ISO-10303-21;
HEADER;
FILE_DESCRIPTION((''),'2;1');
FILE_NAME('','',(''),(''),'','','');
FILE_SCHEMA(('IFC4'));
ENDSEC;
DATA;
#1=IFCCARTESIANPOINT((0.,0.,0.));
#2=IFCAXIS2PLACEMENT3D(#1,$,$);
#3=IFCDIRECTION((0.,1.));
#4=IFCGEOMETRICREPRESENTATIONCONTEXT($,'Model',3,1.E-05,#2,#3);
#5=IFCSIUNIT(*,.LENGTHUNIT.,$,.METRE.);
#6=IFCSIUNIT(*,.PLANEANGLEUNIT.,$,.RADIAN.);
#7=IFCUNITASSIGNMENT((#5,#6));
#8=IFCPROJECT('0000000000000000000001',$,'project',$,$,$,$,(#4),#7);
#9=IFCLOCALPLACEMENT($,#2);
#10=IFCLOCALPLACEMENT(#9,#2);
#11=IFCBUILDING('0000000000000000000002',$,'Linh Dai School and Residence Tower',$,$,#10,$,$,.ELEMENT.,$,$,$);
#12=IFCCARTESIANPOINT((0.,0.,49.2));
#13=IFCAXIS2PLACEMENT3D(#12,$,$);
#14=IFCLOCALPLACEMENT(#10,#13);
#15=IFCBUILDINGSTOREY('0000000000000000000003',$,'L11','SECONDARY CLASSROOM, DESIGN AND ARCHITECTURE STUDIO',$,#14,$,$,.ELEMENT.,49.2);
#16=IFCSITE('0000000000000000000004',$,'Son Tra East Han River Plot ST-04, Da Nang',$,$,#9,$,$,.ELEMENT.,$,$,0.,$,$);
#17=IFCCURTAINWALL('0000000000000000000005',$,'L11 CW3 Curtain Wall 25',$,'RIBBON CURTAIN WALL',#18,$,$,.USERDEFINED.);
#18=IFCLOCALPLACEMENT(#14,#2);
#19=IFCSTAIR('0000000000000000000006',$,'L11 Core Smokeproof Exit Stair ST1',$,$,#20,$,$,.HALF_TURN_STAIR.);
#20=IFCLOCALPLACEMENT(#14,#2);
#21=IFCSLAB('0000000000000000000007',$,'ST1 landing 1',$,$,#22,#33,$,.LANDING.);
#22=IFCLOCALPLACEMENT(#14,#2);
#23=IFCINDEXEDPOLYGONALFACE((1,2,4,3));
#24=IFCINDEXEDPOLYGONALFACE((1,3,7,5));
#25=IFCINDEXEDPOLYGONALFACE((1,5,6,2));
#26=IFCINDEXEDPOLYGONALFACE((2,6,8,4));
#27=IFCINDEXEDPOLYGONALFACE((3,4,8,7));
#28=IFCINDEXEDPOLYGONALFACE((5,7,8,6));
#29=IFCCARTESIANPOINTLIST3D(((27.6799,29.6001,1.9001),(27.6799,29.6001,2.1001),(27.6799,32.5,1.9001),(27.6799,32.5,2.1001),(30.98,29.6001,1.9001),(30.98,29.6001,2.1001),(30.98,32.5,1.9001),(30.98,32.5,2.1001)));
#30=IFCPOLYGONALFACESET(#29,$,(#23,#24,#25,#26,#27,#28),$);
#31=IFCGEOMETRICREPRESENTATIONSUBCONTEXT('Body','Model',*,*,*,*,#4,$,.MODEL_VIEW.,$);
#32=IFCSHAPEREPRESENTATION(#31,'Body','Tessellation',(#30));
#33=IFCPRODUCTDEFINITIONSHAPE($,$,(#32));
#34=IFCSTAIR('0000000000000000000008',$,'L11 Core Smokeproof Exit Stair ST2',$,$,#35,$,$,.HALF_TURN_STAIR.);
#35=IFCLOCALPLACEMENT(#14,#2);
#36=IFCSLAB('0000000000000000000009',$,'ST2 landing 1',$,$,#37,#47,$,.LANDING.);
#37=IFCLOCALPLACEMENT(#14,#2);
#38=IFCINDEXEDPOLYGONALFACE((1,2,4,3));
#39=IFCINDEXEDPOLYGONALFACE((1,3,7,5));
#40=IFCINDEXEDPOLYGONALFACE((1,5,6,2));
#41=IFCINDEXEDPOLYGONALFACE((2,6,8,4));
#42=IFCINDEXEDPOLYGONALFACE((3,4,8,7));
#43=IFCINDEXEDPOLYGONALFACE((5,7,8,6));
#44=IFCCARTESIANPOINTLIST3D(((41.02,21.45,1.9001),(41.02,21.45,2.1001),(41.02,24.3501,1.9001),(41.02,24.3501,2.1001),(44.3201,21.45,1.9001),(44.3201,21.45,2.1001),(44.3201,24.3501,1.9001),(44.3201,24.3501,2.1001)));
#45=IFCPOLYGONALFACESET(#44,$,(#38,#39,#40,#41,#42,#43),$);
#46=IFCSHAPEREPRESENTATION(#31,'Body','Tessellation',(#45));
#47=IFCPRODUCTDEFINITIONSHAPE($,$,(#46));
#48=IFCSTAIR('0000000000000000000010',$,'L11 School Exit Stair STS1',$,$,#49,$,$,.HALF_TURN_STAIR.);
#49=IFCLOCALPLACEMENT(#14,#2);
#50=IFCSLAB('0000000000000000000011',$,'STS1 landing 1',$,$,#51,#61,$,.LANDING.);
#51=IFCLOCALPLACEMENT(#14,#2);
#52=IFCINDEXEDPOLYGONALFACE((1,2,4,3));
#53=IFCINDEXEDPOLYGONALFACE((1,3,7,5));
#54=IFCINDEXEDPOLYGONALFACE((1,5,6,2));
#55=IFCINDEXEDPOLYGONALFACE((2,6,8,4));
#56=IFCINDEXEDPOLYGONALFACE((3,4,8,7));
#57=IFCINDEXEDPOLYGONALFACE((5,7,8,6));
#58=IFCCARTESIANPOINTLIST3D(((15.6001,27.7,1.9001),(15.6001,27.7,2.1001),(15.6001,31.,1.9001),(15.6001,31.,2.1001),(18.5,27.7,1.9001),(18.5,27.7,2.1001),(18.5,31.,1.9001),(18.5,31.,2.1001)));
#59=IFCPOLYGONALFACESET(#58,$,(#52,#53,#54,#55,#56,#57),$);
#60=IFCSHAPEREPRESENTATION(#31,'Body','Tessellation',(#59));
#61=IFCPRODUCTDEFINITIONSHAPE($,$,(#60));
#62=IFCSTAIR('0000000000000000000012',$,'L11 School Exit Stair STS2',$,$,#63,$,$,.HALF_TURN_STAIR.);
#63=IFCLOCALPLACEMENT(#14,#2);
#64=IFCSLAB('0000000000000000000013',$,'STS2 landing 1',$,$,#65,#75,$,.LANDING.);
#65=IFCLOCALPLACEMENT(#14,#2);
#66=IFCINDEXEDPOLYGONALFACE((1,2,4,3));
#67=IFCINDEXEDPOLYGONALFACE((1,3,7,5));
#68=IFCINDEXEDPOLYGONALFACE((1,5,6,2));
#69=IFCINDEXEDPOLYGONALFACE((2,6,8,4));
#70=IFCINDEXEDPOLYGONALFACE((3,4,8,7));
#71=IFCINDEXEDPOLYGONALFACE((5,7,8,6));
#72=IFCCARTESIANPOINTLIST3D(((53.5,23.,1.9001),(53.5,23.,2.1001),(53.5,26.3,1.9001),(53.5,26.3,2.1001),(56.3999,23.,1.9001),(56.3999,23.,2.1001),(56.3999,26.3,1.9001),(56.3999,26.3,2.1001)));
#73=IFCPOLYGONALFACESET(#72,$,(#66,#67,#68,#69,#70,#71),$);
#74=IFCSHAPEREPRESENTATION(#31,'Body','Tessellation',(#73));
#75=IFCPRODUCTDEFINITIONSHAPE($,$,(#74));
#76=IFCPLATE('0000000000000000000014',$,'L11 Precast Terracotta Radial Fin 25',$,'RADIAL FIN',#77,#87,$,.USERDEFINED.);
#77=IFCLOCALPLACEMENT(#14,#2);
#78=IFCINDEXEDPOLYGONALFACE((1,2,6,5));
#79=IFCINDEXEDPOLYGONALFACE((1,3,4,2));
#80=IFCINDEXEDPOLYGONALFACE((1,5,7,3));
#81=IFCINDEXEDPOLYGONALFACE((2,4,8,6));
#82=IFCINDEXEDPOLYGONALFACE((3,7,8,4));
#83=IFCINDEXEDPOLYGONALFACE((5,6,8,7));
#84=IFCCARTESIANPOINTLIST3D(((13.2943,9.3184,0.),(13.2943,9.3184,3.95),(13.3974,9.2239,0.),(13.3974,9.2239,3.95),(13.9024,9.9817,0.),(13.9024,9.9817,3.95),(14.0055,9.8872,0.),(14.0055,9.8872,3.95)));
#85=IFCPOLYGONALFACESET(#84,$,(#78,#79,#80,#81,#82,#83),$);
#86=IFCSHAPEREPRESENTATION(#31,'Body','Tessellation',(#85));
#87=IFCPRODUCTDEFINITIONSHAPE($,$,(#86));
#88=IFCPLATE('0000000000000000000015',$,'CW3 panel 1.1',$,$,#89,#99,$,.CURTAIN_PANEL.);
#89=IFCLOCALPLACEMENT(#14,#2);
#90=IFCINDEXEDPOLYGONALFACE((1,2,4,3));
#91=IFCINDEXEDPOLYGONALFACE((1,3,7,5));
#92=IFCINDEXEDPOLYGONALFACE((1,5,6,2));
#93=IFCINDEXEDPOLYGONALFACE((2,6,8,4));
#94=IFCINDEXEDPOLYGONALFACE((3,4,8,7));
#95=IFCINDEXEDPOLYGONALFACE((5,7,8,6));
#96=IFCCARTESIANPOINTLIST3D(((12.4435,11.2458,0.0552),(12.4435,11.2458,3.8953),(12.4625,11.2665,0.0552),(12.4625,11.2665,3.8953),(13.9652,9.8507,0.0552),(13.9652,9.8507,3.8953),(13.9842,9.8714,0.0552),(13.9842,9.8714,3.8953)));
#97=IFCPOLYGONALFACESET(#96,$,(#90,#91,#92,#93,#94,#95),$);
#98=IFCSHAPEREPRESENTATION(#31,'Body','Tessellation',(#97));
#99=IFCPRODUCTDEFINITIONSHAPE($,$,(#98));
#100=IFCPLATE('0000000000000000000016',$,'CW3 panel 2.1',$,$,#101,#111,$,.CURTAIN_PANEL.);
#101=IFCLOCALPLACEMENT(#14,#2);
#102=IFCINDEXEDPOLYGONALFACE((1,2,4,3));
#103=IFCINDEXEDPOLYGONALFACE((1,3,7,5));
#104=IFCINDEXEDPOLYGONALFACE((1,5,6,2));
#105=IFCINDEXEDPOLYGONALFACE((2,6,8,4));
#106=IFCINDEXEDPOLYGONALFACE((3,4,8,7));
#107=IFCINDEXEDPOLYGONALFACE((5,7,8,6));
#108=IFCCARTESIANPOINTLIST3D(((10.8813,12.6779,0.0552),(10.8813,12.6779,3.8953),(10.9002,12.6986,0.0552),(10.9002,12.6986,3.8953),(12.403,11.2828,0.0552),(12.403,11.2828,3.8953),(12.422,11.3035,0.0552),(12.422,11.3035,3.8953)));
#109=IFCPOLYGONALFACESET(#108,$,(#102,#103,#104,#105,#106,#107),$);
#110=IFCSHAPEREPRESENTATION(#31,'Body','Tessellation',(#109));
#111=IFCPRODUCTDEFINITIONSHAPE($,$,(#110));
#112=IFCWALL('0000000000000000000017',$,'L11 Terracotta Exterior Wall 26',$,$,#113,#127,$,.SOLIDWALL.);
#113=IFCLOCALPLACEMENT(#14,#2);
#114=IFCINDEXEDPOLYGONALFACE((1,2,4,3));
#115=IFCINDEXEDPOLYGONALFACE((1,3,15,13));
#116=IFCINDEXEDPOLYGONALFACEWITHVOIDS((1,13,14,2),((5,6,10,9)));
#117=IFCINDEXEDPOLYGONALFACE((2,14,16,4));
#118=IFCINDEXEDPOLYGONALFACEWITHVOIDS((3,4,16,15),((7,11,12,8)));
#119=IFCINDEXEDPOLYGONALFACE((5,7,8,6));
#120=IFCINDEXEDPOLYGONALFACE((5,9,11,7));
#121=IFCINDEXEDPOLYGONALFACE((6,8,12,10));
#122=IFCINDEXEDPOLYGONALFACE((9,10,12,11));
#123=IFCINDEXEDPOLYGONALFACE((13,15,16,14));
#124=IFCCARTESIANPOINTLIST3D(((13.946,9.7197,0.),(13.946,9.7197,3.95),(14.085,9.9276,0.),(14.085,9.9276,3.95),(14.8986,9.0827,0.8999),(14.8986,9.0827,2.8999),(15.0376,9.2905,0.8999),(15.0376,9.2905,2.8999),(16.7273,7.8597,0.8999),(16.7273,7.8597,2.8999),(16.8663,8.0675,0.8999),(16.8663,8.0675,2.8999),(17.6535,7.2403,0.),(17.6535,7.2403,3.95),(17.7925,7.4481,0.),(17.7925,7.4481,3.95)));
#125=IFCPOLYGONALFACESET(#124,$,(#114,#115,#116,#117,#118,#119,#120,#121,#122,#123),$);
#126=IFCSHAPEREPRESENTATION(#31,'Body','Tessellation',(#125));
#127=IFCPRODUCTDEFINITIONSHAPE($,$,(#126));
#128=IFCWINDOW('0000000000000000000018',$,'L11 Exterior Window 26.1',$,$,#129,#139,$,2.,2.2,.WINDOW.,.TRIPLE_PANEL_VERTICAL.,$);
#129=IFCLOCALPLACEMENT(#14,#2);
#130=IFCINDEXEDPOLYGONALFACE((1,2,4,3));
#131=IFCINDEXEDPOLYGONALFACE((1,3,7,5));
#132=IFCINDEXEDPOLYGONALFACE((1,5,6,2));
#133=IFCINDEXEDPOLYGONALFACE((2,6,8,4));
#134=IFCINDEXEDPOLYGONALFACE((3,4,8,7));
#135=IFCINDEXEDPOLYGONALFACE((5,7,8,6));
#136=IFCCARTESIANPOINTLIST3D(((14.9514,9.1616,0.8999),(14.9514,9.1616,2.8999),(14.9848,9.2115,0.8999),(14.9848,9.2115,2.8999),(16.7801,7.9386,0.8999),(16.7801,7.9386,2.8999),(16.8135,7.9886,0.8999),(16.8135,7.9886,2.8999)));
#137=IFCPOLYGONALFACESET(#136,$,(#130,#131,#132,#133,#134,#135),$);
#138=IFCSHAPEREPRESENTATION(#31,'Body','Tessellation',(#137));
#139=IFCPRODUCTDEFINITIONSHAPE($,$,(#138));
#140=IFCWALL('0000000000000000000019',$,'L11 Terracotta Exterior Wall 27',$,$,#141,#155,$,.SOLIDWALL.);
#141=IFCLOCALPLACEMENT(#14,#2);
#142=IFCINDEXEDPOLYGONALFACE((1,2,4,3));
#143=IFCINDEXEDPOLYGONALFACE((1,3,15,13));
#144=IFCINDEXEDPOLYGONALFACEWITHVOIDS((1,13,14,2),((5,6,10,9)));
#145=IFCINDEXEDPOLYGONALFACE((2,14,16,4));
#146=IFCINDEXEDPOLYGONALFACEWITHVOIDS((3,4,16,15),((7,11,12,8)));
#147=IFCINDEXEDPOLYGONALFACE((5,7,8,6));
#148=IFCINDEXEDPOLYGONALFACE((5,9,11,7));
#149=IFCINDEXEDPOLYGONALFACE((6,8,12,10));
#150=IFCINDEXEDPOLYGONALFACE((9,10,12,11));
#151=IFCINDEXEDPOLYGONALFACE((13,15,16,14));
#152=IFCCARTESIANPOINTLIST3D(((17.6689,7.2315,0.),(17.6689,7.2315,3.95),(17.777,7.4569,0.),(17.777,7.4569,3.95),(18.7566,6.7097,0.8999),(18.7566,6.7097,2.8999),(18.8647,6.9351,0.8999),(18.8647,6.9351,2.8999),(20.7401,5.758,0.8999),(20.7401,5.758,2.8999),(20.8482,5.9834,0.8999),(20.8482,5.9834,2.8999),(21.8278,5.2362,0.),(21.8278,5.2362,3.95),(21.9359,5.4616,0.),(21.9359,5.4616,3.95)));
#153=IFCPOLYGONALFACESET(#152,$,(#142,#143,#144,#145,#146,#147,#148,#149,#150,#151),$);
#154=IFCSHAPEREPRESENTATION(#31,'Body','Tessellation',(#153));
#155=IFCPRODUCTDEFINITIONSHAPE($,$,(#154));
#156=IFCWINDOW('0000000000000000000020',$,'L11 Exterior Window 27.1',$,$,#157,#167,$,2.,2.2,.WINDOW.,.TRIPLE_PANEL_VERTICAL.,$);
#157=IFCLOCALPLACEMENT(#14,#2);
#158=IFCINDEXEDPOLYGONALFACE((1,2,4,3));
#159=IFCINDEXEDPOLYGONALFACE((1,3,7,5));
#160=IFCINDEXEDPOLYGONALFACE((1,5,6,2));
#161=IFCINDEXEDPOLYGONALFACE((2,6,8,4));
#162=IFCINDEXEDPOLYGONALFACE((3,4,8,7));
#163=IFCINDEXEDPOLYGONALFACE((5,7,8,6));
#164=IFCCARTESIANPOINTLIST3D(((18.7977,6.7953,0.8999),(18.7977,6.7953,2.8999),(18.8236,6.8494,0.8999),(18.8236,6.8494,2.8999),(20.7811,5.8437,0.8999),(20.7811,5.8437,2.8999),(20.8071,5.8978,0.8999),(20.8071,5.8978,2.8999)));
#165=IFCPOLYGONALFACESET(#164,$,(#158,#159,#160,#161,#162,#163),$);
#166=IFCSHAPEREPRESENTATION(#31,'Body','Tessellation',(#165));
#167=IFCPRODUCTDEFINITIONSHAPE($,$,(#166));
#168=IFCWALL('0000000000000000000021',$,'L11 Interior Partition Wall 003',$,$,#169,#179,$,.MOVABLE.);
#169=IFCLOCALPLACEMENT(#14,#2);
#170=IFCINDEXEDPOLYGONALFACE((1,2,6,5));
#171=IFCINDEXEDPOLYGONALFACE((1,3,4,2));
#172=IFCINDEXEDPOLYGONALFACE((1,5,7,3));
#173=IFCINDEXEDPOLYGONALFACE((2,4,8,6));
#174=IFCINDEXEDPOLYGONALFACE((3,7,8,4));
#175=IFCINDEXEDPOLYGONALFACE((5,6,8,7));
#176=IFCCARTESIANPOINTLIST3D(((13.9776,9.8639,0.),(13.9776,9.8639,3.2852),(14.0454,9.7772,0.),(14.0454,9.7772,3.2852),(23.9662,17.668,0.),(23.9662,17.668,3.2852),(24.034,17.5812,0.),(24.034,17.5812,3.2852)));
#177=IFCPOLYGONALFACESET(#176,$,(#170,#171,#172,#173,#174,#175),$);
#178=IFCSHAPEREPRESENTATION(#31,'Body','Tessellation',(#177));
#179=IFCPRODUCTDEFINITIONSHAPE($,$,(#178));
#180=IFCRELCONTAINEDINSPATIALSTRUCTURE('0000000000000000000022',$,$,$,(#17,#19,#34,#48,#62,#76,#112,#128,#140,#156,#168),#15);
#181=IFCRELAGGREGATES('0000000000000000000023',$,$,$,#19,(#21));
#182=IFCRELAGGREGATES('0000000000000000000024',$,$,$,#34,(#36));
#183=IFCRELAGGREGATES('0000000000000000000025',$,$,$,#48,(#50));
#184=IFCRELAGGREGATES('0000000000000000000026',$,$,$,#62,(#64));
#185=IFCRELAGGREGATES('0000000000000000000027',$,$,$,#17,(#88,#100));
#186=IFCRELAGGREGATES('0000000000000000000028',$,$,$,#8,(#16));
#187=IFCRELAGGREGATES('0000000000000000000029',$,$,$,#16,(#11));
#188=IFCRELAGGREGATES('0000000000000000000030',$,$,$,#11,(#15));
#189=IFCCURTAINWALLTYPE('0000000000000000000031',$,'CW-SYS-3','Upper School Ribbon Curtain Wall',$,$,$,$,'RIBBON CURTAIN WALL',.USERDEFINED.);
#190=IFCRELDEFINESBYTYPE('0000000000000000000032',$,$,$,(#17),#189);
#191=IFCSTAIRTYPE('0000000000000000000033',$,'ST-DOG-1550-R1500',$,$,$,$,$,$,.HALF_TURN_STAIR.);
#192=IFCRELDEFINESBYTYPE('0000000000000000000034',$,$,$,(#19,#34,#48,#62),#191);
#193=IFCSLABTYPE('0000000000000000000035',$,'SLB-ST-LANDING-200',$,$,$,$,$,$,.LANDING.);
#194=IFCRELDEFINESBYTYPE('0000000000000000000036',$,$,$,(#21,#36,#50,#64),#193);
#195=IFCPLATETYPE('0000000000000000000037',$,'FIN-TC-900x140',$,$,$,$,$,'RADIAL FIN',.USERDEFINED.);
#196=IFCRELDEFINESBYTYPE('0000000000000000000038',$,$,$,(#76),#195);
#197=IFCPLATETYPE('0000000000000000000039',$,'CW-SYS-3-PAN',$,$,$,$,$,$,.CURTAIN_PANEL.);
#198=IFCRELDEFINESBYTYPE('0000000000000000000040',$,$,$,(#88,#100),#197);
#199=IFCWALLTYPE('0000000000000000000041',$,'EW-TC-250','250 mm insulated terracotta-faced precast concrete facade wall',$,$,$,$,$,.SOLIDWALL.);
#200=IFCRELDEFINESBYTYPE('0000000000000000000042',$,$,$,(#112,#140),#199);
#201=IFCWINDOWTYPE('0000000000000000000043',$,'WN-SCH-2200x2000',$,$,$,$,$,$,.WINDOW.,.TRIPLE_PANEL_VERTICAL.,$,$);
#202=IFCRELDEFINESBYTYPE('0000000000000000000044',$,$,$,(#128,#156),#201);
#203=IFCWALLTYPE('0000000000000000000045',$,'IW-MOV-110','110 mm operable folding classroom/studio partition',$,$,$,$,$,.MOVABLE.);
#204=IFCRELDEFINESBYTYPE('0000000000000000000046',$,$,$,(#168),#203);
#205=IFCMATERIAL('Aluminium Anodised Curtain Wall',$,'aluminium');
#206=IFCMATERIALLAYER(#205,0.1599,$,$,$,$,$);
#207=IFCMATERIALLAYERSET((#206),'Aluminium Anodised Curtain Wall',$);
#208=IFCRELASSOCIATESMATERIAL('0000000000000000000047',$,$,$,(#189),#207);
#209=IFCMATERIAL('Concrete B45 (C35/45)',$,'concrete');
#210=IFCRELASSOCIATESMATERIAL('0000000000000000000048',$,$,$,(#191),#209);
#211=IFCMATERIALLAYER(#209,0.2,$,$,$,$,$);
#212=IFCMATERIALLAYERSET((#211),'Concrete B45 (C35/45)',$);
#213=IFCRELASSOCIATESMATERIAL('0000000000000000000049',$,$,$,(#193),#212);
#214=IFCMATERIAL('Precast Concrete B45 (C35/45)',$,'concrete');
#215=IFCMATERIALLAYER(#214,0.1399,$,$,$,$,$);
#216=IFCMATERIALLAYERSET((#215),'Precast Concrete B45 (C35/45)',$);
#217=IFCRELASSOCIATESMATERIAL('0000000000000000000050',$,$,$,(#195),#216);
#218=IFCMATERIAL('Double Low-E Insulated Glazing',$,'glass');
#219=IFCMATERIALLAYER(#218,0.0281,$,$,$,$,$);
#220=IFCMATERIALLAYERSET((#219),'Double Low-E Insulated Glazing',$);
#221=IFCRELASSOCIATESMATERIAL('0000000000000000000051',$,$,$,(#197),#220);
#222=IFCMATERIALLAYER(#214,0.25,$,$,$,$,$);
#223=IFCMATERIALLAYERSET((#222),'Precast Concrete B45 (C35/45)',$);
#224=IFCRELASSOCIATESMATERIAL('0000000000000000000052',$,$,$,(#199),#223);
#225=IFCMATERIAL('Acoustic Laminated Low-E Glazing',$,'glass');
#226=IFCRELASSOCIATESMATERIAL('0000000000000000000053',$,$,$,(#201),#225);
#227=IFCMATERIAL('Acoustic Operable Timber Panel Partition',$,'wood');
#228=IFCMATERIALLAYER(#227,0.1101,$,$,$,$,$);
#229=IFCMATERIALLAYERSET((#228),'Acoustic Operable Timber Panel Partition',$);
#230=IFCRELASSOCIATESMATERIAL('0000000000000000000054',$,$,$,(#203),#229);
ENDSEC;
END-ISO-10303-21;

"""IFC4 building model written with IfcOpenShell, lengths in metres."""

from ifc_helpers import new_model, si_unit, direction, frame, frame_2d, origin, origin_2d, place, context, subcontext, project, spatial, polyline, rectangle, outline, extrude, source, transform, mapped, material, layer, layer_set, type_object, element, fill, aggregate, save


model = new_model("IFC4")

# Units and contexts
model_context = context("Model", 3, precision=1e-05, world=origin(), true_north=direction((0.0, 1.0)))
body_context = subcontext(model_context, "Body", "Model", "MODEL_VIEW")
ifc_project = project(units=[si_unit("LENGTHUNIT", "METRE"), si_unit("PLANEANGLEUNIT", "RADIAN")], contexts=[model_context])

# Site, building, storey
site_placement = place(None, origin())
site = spatial("IfcSite", under=ifc_project, at=site_placement, Name="Son Tra East Han River Plot ST-04, Da Nang", CompositionType="ELEMENT", RefElevation=0.0)
building_placement = place(site_placement, origin())
building = spatial("IfcBuilding", under=site, at=building_placement, Name="Linh Dai School and Residence Tower", CompositionType="ELEMENT")
storey_placement = place(building_placement, frame((0.0, 0.0, 49.2)))
storey = spatial("IfcBuildingStorey", under=building, at=storey_placement, Name="L11", Description="SECONDARY CLASSROOM, DESIGN AND ARCHITECTURE STUDIO", CompositionType="ELEMENT", Elevation=49.2)

# Curtain wall
ifc_material_1 = material(Name="Aluminium Anodised Curtain Wall", Category="aluminium")
ifc_layer_1 = layer(ifc_material_1, 0.1599)
ifc_layer_set_1 = layer_set([ifc_layer_1], Name="Aluminium Anodised Curtain Wall")
curtain_wall_type = type_object("IfcCurtainWallType", Name="CW-SYS-3", Description="Upper School Ribbon Curtain Wall", ElementType="RIBBON CURTAIN WALL", PredefinedType="USERDEFINED", material=ifc_layer_set_1)
curtain_wall_placement = place(storey_placement, origin())
curtain_wall = element("IfcCurtainWall", 1, at=curtain_wall_placement, inside=storey, type_object=curtain_wall_type, Name="L11 CW3 Curtain Wall 25", ObjectType="RIBBON CURTAIN WALL", PredefinedType="USERDEFINED")

# Shared definitions
ifc_material_2 = material(Name="Concrete B45 (C35/45)", Category="concrete")

# Stairs, slabs
stair_type = type_object("IfcStairType", Name="ST-DOG-1550-R1500", PredefinedType="HALF_TURN_STAIR", material=ifc_material_2)
stair_1_placement = place(storey_placement, origin())
stair_1 = element("IfcStair", 2, at=stair_1_placement, inside=storey, type_object=stair_type, Name="L11 Core Smokeproof Exit Stair ST1", PredefinedType="HALF_TURN_STAIR")
ifc_layer_2 = layer(ifc_material_2, 0.2)
ifc_layer_set_2 = layer_set([ifc_layer_2], Name="Concrete B45 (C35/45)")
slab_type_1 = type_object("IfcSlabType", Name="SLB-ST-LANDING-200", PredefinedType="LANDING", material=ifc_layer_set_2)
slab_1_placement = place(storey_placement, frame((0.0, 0.0, 1.9001)))
slab_1 = element("IfcSlab", 3, at=slab_1_placement, type_object=slab_type_1, Name="ST1 landing 1", PredefinedType="LANDING", context=body_context, shape_type="SweptSolid", body=[
    extrude(outline(polyline([(30.98, 29.6001), (30.98, 32.5), (27.6799, 32.5), (27.6799, 29.6001), (30.98, 29.6001)])), origin(), (0.0, 0.0, 1.0), 0.2),
])
aggregate(stair_1, [slab_1])
stair_2_placement = place(storey_placement, origin())
stair_2 = element("IfcStair", 4, at=stair_2_placement, inside=storey, type_object=stair_type, Name="L11 Core Smokeproof Exit Stair ST2", PredefinedType="HALF_TURN_STAIR")
slab_2_placement = place(storey_placement, frame((0.0, 0.0, 1.9001)))
slab_2 = element("IfcSlab", 5, at=slab_2_placement, type_object=slab_type_1, Name="ST2 landing 1", PredefinedType="LANDING", context=body_context, shape_type="SweptSolid", body=[
    extrude(outline(polyline([(41.02, 24.3501), (41.02, 21.45), (44.3201, 21.45), (44.3201, 24.3501), (41.02, 24.3501)])), origin(), (0.0, 0.0, 1.0), 0.2),
])
aggregate(stair_2, [slab_2])
stair_3_placement = place(storey_placement, origin())
stair_3 = element("IfcStair", 6, at=stair_3_placement, inside=storey, type_object=stair_type, Name="L11 School Exit Stair STS1", PredefinedType="HALF_TURN_STAIR")
slab_3_placement = place(storey_placement, frame((0.0, 0.0, 1.9001)))
slab_3 = element("IfcSlab", 7, at=slab_3_placement, type_object=slab_type_1, Name="STS1 landing 1", PredefinedType="LANDING", context=body_context, shape_type="SweptSolid", body=[
    extrude(outline(polyline([(18.5, 31.0), (15.6001, 31.0), (15.6001, 27.7), (18.5, 27.7), (18.5, 31.0)])), origin(), (0.0, 0.0, 1.0), 0.2),
])
aggregate(stair_3, [slab_3])
stair_4_placement = place(storey_placement, origin())
stair_4 = element("IfcStair", 8, at=stair_4_placement, inside=storey, type_object=stair_type, Name="L11 School Exit Stair STS2", PredefinedType="HALF_TURN_STAIR")
slab_4_placement = place(storey_placement, frame((0.0, 0.0, 1.9001)))
slab_4 = element("IfcSlab", 9, at=slab_4_placement, type_object=slab_type_1, Name="STS2 landing 1", PredefinedType="LANDING", context=body_context, shape_type="SweptSolid", body=[
    extrude(outline(polyline([(53.5, 23.0), (56.3999, 23.0), (56.3999, 26.3), (53.5, 26.3), (53.5, 23.0)])), origin(), (0.0, 0.0, 1.0), 0.2),
])
aggregate(stair_4, [slab_4])

# Plates
ifc_material_3 = material(Name="Precast Concrete B45 (C35/45)", Category="concrete")
ifc_layer_3 = layer(ifc_material_3, 0.1399)
ifc_layer_set_3 = layer_set([ifc_layer_3], Name="Precast Concrete B45 (C35/45)")
plate_type_1 = type_object("IfcPlateType", Name="FIN-TC-900x140", ElementType="RADIAL FIN", PredefinedType="USERDEFINED", material=ifc_layer_set_3)
shared_shape_1 = source(origin(), body_context, "Body", "SweptSolid", [
    extrude(rectangle(XDim=0.8999, YDim=0.1399, at=origin_2d()), origin(), (0.0, 0.0, 1.0), 3.95),
])
plate_1_placement = place(storey_placement, frame((13.6499, 9.6028, 0.0), z_axis=(0.0, 0.0, 1.0), x_axis=(-0.675769, -0.737113, 0.0)))
element("IfcPlate", 10, at=plate_1_placement, inside=storey, type_object=plate_type_1, Name="L11 Precast Terracotta Radial Fin 25", ObjectType="RADIAL FIN", PredefinedType="USERDEFINED", context=body_context, shape_type="MappedRepresentation", body=[
    mapped(shared_shape_1, transform((0.0, 0.0, 0.0), x_axis=(1.0, 0.0, 0.0), y_axis=(0.0, 1.0, 0.0), z_axis=(0.0, 0.0, 1.0), scale=1.0)),
])
ifc_material_4 = material(Name="Double Low-E Insulated Glazing", Category="glass")
ifc_layer_4 = layer(ifc_material_4, 0.0281)
ifc_layer_set_4 = layer_set([ifc_layer_4], Name="Double Low-E Insulated Glazing")
plate_type_2 = type_object("IfcPlateType", Name="CW-SYS-3-PAN", PredefinedType="CURTAIN_PANEL", material=ifc_layer_set_4)
shared_shape_2 = source(origin(), body_context, "Body", "SweptSolid", [
    extrude(rectangle(XDim=2.0645, YDim=0.0281, at=origin_2d()), origin(), (0.0, 0.0, 1.0), 3.8401),
])
plate_2_placement = place(storey_placement, frame((13.2139, 10.5586, 0.0552), z_axis=(0.0, 0.0, 1.0), x_axis=(-0.737113, 0.675769, 0.0)))
plate_2 = element("IfcPlate", 11, at=plate_2_placement, type_object=plate_type_2, Name="CW3 panel 1.1", PredefinedType="CURTAIN_PANEL", context=body_context, shape_type="MappedRepresentation", body=[
    mapped(shared_shape_2, transform((0.0, 0.0, 0.0), x_axis=(1.0, 0.0, 0.0), y_axis=(0.0, 1.0, 0.0), z_axis=(0.0, 0.0, 1.0), scale=1.0)),
])
plate_3_placement = place(storey_placement, frame((11.6516, 11.9907, 0.0552), z_axis=(0.0, 0.0, 1.0), x_axis=(-0.737113, 0.675769, 0.0)))
plate_3 = element("IfcPlate", 12, at=plate_3_placement, type_object=plate_type_2, Name="CW3 panel 2.1", PredefinedType="CURTAIN_PANEL", context=body_context, shape_type="MappedRepresentation", body=[
    mapped(shared_shape_2, transform((0.0, 0.0, 0.0), x_axis=(1.0, 0.0, 0.0), y_axis=(0.0, 1.0, 0.0), z_axis=(0.0, 0.0, 1.0), scale=1.0)),
])
aggregate(curtain_wall, [plate_2, plate_3])

# Walls, openings, windows
ifc_layer_5 = layer(ifc_material_3, 0.25)
ifc_layer_set_5 = layer_set([ifc_layer_5], Name="Precast Concrete B45 (C35/45)")
wall_type_1 = type_object("IfcWallType", Name="EW-TC-250", Description="250 mm insulated terracotta-faced precast concrete facade wall", PredefinedType="SOLIDWALL", material=ifc_layer_set_5)
wall_1_placement = place(storey_placement, frame((17.7229, 7.3442, 0.0), z_axis=(0.0, 0.0, 1.0), x_axis=(-0.831241, 0.555912, 0.0)))
wall_1 = element("IfcWall", 13, at=wall_1_placement, inside=storey, type_object=wall_type_1, Name="L11 Terracotta Exterior Wall 26", PredefinedType="SOLIDWALL", context=body_context, shape_type="SweptSolid", body=[
    extrude(rectangle(XDim=4.4602, YDim=0.25, at=frame_2d((2.23, 0.0))), origin(), (0.0, 0.0, 1.0), 3.95),
])
opening_1_placement = place(wall_1_placement, frame((1.114, 0.0, 0.8999)))
opening_1 = element("IfcOpeningElement", 14, at=opening_1_placement, cuts=wall_1, PredefinedType="OPENING", context=body_context, shape_type="SweptSolid", body=[
    extrude(rectangle(XDim=2.2, YDim=2.0, at=origin_2d()), frame((1.1001, 0.135, 1.0), z_axis=(0.0, -1.0, 0.0), x_axis=(1.0, 0.0, 0.0)), (0.0, 0.0, 1.0), 0.27),
])
ifc_material_5 = material(Name="Acoustic Laminated Low-E Glazing", Category="glass")
window_type = type_object("IfcWindowType", Name="WN-SCH-2200x2000", PartitioningType="TRIPLE_PANEL_VERTICAL", PredefinedType="WINDOW", material=ifc_material_5)
shared_shape_3 = source(origin(), body_context, "Body", "SweptSolid", [
    extrude(rectangle(XDim=2.2, YDim=2.0, at=origin_2d()), frame((1.1001, 0.03, 1.0), z_axis=(0.0, -1.0, 0.0), x_axis=(1.0, 0.0, 0.0)), (0.0, 0.0, 1.0), 0.0601),
])
window_1_placement = place(opening_1_placement, origin())
window_1 = element("IfcWindow", 15, at=window_1_placement, inside=storey, type_object=window_type, Name="L11 Exterior Window 26.1", OverallHeight=2.0, OverallWidth=2.2, PartitioningType="TRIPLE_PANEL_VERTICAL", PredefinedType="WINDOW", context=body_context, shape_type="MappedRepresentation", body=[
    mapped(shared_shape_3, transform((0.0, 0.0, 0.0), x_axis=(1.0, 0.0, 0.0), y_axis=(0.0, 1.0, 0.0), z_axis=(0.0, 0.0, 1.0), scale=1.0)),
])
fill(opening_1, window_1)
wall_2_placement = place(storey_placement, frame((21.8818, 5.3489, 0.0), z_axis=(0.0, 0.0, 1.0), x_axis=(-0.901602, 0.432568, 0.0)))
wall_2 = element("IfcWall", 16, at=wall_2_placement, inside=storey, type_object=wall_type_1, Name="L11 Terracotta Exterior Wall 27", PredefinedType="SOLIDWALL", context=body_context, shape_type="SweptSolid", body=[
    extrude(rectangle(XDim=4.6128, YDim=0.25, at=frame_2d((2.3064, 0.0))), origin(), (0.0, 0.0, 1.0), 3.95),
])
opening_2_placement = place(wall_2_placement, frame((1.2063, 0.0, 0.8999)))
opening_2 = element("IfcOpeningElement", 17, at=opening_2_placement, cuts=wall_2, PredefinedType="OPENING", context=body_context, shape_type="SweptSolid", body=[
    extrude(rectangle(XDim=2.2, YDim=2.0, at=origin_2d()), frame((1.1001, 0.135, 1.0), z_axis=(0.0, -1.0, 0.0), x_axis=(1.0, 0.0, 0.0)), (0.0, 0.0, 1.0), 0.27),
])
window_2_placement = place(opening_2_placement, origin())
window_2 = element("IfcWindow", 18, at=window_2_placement, inside=storey, type_object=window_type, Name="L11 Exterior Window 27.1", OverallHeight=2.0, OverallWidth=2.2, PartitioningType="TRIPLE_PANEL_VERTICAL", PredefinedType="WINDOW", context=body_context, shape_type="MappedRepresentation", body=[
    mapped(shared_shape_3, transform((0.0, 0.0, 0.0), x_axis=(1.0, 0.0, 0.0), y_axis=(0.0, 1.0, 0.0), z_axis=(0.0, 0.0, 1.0), scale=1.0)),
])
fill(opening_2, window_2)

# Wall
ifc_material_6 = material(Name="Acoustic Operable Timber Panel Partition", Category="wood")
ifc_layer_6 = layer(ifc_material_6, 0.1101)
ifc_layer_set_6 = layer_set([ifc_layer_6], Name="Acoustic Operable Timber Panel Partition")
wall_type_2 = type_object("IfcWallType", Name="IW-MOV-110", Description="110 mm operable folding classroom/studio partition", PredefinedType="MOVABLE", material=ifc_layer_set_6)
wall_3_placement = place(storey_placement, frame((14.0115, 9.8206, 0.0), z_axis=(0.0, 0.0, 1.0), x_axis=(0.788008, 0.615665, 0.0)))
element("IfcWall", 19, at=wall_3_placement, inside=storey, type_object=wall_type_2, Name="L11 Interior Partition Wall 003", PredefinedType="MOVABLE", context=body_context, shape_type="SweptSolid", body=[
    extrude(rectangle(XDim=12.6758, YDim=0.1101, at=frame_2d((6.3379, 0.0))), origin(), (0.0, 0.0, 1.0), 3.2852),
])

save(model, "model.ifc")
